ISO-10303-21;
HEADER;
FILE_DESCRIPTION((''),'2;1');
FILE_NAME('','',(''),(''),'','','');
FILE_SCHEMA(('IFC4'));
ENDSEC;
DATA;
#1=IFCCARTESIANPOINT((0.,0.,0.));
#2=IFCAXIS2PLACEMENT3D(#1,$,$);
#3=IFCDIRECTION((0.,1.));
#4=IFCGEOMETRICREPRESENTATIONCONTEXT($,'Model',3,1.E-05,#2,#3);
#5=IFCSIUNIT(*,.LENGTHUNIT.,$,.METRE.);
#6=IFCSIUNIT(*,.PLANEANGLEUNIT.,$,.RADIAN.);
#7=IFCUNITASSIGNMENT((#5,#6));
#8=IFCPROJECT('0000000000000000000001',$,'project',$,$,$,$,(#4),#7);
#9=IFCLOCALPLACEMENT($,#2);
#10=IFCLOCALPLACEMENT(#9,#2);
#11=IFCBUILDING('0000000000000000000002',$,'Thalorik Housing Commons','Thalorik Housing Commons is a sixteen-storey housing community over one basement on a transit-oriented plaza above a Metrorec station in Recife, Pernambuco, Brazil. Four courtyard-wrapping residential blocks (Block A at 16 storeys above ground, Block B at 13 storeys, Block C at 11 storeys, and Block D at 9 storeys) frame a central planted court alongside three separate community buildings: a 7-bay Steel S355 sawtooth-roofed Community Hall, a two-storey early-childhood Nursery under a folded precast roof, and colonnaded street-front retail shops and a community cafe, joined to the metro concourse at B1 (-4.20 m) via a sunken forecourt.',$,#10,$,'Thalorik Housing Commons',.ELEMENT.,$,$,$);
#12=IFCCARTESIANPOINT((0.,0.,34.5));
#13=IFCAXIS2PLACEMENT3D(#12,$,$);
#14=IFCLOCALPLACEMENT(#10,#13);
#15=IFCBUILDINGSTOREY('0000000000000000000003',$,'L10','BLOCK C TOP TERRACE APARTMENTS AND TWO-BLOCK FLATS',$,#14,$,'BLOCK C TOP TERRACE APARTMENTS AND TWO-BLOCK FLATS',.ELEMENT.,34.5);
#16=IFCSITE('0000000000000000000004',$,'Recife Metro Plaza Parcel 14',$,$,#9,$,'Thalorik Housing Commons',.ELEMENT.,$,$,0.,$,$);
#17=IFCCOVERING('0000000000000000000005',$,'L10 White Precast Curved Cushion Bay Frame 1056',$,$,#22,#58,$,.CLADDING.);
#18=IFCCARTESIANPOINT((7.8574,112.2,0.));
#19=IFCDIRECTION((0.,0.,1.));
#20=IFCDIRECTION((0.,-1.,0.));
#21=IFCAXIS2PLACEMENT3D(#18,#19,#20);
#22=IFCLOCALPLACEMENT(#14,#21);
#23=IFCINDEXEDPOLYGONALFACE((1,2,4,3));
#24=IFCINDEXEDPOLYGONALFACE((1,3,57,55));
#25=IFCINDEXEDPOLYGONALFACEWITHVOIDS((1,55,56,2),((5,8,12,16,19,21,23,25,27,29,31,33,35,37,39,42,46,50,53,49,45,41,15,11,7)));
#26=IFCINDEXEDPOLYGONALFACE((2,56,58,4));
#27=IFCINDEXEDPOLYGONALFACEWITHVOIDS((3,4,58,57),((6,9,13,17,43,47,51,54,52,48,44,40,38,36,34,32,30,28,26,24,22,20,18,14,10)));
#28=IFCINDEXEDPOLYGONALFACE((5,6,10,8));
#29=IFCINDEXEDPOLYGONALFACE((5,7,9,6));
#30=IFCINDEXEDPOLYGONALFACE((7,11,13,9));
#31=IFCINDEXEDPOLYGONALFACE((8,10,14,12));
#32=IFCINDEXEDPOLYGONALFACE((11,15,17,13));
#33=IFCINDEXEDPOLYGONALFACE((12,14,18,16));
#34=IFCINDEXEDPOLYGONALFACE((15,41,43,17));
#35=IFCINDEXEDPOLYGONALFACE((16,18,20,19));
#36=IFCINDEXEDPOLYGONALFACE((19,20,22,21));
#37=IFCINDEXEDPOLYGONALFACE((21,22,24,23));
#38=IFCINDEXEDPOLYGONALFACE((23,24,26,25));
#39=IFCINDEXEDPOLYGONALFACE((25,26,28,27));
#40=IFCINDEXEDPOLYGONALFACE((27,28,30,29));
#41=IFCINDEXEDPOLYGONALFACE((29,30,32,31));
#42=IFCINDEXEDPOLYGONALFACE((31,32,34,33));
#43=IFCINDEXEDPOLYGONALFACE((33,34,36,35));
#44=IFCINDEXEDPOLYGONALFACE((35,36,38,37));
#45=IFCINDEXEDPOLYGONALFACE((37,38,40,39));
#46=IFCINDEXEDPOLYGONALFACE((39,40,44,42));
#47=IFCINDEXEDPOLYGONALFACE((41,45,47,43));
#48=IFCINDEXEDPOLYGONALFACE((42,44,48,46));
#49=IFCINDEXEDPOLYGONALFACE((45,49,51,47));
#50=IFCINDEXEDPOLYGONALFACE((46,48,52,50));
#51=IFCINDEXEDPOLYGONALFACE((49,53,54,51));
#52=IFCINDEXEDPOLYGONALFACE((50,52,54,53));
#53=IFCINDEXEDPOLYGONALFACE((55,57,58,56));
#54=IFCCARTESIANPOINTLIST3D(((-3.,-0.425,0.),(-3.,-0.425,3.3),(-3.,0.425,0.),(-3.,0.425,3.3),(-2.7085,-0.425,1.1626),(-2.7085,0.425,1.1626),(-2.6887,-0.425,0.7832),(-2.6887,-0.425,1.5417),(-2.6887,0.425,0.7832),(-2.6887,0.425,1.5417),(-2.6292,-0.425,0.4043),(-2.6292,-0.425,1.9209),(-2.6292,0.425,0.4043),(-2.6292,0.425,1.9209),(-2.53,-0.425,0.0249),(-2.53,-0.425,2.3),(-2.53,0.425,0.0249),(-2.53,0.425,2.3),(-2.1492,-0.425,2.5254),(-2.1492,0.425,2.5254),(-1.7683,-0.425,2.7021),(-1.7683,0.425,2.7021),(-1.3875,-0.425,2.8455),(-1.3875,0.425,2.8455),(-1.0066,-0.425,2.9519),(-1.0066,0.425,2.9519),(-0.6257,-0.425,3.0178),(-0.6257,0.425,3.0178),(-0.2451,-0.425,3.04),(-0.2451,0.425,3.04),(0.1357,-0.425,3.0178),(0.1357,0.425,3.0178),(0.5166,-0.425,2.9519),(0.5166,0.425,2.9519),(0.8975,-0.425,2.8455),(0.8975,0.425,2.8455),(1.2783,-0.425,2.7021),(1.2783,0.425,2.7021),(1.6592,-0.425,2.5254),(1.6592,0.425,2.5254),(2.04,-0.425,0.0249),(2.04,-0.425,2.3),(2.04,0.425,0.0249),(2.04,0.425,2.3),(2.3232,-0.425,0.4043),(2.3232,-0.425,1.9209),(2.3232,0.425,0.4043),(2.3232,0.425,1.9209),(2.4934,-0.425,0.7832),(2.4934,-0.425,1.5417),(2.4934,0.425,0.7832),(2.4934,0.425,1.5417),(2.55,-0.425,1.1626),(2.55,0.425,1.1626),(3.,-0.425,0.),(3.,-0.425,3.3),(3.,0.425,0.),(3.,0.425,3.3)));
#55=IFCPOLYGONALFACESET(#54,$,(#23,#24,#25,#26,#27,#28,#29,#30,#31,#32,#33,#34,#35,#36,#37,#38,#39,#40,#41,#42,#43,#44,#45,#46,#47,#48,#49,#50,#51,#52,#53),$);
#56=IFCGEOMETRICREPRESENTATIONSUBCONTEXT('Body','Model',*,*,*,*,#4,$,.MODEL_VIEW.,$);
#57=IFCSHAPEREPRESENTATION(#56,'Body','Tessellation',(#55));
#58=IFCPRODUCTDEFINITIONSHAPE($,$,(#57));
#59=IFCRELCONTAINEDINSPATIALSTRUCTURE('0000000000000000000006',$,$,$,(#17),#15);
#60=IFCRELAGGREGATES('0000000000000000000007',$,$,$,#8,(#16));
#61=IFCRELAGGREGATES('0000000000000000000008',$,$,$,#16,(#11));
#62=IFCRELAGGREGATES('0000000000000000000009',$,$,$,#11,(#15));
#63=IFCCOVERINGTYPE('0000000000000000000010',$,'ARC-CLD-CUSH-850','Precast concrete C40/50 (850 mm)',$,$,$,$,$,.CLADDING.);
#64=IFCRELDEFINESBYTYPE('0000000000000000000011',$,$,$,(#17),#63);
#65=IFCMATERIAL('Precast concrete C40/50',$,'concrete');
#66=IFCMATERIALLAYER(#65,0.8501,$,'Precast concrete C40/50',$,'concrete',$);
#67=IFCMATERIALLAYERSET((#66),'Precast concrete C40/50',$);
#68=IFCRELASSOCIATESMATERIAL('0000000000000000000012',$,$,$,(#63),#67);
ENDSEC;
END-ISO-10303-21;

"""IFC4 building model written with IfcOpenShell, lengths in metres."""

from ifc_helpers import new_model, si_unit, direction, frame, origin, place, context, subcontext, project, spatial, polyline, outline, extrude, material, layer, layer_set, type_object, element, save


model = new_model("IFC4")

# Units and contexts
model_context = context("Model", 3, precision=1e-05, world=origin(), true_north=direction((0.0, 1.0)))
body_context = subcontext(model_context, "Body", "Model", "MODEL_VIEW")
ifc_project = project(units=[si_unit("LENGTHUNIT", "METRE"), si_unit("PLANEANGLEUNIT", "RADIAN")], contexts=[model_context])

# Site, building, storey
site_placement = place(None, origin())
site = spatial("IfcSite", under=ifc_project, at=site_placement, Name="Recife Metro Plaza Parcel 14", LongName="Thalorik Housing Commons", CompositionType="ELEMENT", RefElevation=0.0)
building_placement = place(site_placement, origin())
building = spatial("IfcBuilding", under=site, at=building_placement, Name="Thalorik Housing Commons", Description="Thalorik Housing Commons is a sixteen-storey housing community over one basement on a transit-oriented plaza above a Metrorec station in Recife, Pernambuco, Brazil. Four courtyard-wrapping residential blocks (Block A at 16 storeys above ground, Block B at 13 storeys, Block C at 11 storeys, and Block D at 9 storeys) frame a central planted court alongside three separate community buildings: a 7-bay Steel S355 sawtooth-roofed Community Hall, a two-storey early-childhood Nursery under a folded precast roof, and colonnaded street-front retail shops and a community cafe, joined to the metro concourse at B1 (-4.20 m) via a sunken forecourt.", LongName="Thalorik Housing Commons", CompositionType="ELEMENT")
storey_placement = place(building_placement, frame((0.0, 0.0, 34.5)))
storey = spatial("IfcBuildingStorey", under=building, at=storey_placement, Name="L10", Description="BLOCK C TOP TERRACE APARTMENTS AND TWO-BLOCK FLATS", LongName="BLOCK C TOP TERRACE APARTMENTS AND TWO-BLOCK FLATS", CompositionType="ELEMENT", Elevation=34.5)

# Shared definitions
ifc_material_1 = material(Name="Precast concrete C40/50", Category="concrete")

# Covering
ifc_layer_1 = layer(ifc_material_1, 0.8501, Name="Precast concrete C40/50", Category="concrete")
ifc_layer_set_1 = layer_set([ifc_layer_1], Name="Precast concrete C40/50")
covering_type_1 = type_object("IfcCoveringType", Name="ARC-CLD-CUSH-850", Description="Precast concrete C40/50 (850 mm)", PredefinedType="CLADDING", material=ifc_layer_set_1)
covering_1_placement = place(storey_placement, frame((7.8574, 112.2, 0.0), z_axis=(0.0, 0.0, 1.0), x_axis=(0.0, -1.0, 0.0)))
element("IfcCovering", 1, at=covering_1_placement, inside=storey, type_object=covering_type_1, Name="L10 White Precast Curved Cushion Bay Frame 1056", PredefinedType="CLADDING", context=body_context, shape_type="SweptSolid", body=[
    extrude(outline(polyline([(-3.0, 0.0), (3.0, 0.0), (3.0, 3.3), (-3.0, 3.3), (-3.0, 0.0)]), holes=[polyline([(2.04, 0.0249), (2.3232, 0.4043), (2.4934, 0.7832), (2.55, 1.1626), (2.4934, 1.5417), (2.3232, 1.9209), (2.04, 2.3), (1.6592, 2.5254), (1.2783, 2.7021), (0.8975, 2.8455), (0.5166, 2.9519), (0.1357, 3.0178), (-0.2451, 3.04), (-0.6257, 3.0178), (-1.0066, 2.9519), (-1.3875, 2.8455), (-1.7683, 2.7021), (-2.1492, 2.5254), (-2.53, 2.3), (-2.6292, 1.9209), (-2.6887, 1.5417), (-2.7085, 1.1626), (-2.6887, 0.7832), (-2.6292, 0.4043), (-2.53, 0.0249), (2.04, 0.0249)])]), frame((0.0, 0.425, 0.0), z_axis=(0.0, -1.0, 0.0), x_axis=(1.0, 0.0, 0.0)), (0.0, 0.0, 1.0), 0.8501),
])

save(model, "model.ifc")
